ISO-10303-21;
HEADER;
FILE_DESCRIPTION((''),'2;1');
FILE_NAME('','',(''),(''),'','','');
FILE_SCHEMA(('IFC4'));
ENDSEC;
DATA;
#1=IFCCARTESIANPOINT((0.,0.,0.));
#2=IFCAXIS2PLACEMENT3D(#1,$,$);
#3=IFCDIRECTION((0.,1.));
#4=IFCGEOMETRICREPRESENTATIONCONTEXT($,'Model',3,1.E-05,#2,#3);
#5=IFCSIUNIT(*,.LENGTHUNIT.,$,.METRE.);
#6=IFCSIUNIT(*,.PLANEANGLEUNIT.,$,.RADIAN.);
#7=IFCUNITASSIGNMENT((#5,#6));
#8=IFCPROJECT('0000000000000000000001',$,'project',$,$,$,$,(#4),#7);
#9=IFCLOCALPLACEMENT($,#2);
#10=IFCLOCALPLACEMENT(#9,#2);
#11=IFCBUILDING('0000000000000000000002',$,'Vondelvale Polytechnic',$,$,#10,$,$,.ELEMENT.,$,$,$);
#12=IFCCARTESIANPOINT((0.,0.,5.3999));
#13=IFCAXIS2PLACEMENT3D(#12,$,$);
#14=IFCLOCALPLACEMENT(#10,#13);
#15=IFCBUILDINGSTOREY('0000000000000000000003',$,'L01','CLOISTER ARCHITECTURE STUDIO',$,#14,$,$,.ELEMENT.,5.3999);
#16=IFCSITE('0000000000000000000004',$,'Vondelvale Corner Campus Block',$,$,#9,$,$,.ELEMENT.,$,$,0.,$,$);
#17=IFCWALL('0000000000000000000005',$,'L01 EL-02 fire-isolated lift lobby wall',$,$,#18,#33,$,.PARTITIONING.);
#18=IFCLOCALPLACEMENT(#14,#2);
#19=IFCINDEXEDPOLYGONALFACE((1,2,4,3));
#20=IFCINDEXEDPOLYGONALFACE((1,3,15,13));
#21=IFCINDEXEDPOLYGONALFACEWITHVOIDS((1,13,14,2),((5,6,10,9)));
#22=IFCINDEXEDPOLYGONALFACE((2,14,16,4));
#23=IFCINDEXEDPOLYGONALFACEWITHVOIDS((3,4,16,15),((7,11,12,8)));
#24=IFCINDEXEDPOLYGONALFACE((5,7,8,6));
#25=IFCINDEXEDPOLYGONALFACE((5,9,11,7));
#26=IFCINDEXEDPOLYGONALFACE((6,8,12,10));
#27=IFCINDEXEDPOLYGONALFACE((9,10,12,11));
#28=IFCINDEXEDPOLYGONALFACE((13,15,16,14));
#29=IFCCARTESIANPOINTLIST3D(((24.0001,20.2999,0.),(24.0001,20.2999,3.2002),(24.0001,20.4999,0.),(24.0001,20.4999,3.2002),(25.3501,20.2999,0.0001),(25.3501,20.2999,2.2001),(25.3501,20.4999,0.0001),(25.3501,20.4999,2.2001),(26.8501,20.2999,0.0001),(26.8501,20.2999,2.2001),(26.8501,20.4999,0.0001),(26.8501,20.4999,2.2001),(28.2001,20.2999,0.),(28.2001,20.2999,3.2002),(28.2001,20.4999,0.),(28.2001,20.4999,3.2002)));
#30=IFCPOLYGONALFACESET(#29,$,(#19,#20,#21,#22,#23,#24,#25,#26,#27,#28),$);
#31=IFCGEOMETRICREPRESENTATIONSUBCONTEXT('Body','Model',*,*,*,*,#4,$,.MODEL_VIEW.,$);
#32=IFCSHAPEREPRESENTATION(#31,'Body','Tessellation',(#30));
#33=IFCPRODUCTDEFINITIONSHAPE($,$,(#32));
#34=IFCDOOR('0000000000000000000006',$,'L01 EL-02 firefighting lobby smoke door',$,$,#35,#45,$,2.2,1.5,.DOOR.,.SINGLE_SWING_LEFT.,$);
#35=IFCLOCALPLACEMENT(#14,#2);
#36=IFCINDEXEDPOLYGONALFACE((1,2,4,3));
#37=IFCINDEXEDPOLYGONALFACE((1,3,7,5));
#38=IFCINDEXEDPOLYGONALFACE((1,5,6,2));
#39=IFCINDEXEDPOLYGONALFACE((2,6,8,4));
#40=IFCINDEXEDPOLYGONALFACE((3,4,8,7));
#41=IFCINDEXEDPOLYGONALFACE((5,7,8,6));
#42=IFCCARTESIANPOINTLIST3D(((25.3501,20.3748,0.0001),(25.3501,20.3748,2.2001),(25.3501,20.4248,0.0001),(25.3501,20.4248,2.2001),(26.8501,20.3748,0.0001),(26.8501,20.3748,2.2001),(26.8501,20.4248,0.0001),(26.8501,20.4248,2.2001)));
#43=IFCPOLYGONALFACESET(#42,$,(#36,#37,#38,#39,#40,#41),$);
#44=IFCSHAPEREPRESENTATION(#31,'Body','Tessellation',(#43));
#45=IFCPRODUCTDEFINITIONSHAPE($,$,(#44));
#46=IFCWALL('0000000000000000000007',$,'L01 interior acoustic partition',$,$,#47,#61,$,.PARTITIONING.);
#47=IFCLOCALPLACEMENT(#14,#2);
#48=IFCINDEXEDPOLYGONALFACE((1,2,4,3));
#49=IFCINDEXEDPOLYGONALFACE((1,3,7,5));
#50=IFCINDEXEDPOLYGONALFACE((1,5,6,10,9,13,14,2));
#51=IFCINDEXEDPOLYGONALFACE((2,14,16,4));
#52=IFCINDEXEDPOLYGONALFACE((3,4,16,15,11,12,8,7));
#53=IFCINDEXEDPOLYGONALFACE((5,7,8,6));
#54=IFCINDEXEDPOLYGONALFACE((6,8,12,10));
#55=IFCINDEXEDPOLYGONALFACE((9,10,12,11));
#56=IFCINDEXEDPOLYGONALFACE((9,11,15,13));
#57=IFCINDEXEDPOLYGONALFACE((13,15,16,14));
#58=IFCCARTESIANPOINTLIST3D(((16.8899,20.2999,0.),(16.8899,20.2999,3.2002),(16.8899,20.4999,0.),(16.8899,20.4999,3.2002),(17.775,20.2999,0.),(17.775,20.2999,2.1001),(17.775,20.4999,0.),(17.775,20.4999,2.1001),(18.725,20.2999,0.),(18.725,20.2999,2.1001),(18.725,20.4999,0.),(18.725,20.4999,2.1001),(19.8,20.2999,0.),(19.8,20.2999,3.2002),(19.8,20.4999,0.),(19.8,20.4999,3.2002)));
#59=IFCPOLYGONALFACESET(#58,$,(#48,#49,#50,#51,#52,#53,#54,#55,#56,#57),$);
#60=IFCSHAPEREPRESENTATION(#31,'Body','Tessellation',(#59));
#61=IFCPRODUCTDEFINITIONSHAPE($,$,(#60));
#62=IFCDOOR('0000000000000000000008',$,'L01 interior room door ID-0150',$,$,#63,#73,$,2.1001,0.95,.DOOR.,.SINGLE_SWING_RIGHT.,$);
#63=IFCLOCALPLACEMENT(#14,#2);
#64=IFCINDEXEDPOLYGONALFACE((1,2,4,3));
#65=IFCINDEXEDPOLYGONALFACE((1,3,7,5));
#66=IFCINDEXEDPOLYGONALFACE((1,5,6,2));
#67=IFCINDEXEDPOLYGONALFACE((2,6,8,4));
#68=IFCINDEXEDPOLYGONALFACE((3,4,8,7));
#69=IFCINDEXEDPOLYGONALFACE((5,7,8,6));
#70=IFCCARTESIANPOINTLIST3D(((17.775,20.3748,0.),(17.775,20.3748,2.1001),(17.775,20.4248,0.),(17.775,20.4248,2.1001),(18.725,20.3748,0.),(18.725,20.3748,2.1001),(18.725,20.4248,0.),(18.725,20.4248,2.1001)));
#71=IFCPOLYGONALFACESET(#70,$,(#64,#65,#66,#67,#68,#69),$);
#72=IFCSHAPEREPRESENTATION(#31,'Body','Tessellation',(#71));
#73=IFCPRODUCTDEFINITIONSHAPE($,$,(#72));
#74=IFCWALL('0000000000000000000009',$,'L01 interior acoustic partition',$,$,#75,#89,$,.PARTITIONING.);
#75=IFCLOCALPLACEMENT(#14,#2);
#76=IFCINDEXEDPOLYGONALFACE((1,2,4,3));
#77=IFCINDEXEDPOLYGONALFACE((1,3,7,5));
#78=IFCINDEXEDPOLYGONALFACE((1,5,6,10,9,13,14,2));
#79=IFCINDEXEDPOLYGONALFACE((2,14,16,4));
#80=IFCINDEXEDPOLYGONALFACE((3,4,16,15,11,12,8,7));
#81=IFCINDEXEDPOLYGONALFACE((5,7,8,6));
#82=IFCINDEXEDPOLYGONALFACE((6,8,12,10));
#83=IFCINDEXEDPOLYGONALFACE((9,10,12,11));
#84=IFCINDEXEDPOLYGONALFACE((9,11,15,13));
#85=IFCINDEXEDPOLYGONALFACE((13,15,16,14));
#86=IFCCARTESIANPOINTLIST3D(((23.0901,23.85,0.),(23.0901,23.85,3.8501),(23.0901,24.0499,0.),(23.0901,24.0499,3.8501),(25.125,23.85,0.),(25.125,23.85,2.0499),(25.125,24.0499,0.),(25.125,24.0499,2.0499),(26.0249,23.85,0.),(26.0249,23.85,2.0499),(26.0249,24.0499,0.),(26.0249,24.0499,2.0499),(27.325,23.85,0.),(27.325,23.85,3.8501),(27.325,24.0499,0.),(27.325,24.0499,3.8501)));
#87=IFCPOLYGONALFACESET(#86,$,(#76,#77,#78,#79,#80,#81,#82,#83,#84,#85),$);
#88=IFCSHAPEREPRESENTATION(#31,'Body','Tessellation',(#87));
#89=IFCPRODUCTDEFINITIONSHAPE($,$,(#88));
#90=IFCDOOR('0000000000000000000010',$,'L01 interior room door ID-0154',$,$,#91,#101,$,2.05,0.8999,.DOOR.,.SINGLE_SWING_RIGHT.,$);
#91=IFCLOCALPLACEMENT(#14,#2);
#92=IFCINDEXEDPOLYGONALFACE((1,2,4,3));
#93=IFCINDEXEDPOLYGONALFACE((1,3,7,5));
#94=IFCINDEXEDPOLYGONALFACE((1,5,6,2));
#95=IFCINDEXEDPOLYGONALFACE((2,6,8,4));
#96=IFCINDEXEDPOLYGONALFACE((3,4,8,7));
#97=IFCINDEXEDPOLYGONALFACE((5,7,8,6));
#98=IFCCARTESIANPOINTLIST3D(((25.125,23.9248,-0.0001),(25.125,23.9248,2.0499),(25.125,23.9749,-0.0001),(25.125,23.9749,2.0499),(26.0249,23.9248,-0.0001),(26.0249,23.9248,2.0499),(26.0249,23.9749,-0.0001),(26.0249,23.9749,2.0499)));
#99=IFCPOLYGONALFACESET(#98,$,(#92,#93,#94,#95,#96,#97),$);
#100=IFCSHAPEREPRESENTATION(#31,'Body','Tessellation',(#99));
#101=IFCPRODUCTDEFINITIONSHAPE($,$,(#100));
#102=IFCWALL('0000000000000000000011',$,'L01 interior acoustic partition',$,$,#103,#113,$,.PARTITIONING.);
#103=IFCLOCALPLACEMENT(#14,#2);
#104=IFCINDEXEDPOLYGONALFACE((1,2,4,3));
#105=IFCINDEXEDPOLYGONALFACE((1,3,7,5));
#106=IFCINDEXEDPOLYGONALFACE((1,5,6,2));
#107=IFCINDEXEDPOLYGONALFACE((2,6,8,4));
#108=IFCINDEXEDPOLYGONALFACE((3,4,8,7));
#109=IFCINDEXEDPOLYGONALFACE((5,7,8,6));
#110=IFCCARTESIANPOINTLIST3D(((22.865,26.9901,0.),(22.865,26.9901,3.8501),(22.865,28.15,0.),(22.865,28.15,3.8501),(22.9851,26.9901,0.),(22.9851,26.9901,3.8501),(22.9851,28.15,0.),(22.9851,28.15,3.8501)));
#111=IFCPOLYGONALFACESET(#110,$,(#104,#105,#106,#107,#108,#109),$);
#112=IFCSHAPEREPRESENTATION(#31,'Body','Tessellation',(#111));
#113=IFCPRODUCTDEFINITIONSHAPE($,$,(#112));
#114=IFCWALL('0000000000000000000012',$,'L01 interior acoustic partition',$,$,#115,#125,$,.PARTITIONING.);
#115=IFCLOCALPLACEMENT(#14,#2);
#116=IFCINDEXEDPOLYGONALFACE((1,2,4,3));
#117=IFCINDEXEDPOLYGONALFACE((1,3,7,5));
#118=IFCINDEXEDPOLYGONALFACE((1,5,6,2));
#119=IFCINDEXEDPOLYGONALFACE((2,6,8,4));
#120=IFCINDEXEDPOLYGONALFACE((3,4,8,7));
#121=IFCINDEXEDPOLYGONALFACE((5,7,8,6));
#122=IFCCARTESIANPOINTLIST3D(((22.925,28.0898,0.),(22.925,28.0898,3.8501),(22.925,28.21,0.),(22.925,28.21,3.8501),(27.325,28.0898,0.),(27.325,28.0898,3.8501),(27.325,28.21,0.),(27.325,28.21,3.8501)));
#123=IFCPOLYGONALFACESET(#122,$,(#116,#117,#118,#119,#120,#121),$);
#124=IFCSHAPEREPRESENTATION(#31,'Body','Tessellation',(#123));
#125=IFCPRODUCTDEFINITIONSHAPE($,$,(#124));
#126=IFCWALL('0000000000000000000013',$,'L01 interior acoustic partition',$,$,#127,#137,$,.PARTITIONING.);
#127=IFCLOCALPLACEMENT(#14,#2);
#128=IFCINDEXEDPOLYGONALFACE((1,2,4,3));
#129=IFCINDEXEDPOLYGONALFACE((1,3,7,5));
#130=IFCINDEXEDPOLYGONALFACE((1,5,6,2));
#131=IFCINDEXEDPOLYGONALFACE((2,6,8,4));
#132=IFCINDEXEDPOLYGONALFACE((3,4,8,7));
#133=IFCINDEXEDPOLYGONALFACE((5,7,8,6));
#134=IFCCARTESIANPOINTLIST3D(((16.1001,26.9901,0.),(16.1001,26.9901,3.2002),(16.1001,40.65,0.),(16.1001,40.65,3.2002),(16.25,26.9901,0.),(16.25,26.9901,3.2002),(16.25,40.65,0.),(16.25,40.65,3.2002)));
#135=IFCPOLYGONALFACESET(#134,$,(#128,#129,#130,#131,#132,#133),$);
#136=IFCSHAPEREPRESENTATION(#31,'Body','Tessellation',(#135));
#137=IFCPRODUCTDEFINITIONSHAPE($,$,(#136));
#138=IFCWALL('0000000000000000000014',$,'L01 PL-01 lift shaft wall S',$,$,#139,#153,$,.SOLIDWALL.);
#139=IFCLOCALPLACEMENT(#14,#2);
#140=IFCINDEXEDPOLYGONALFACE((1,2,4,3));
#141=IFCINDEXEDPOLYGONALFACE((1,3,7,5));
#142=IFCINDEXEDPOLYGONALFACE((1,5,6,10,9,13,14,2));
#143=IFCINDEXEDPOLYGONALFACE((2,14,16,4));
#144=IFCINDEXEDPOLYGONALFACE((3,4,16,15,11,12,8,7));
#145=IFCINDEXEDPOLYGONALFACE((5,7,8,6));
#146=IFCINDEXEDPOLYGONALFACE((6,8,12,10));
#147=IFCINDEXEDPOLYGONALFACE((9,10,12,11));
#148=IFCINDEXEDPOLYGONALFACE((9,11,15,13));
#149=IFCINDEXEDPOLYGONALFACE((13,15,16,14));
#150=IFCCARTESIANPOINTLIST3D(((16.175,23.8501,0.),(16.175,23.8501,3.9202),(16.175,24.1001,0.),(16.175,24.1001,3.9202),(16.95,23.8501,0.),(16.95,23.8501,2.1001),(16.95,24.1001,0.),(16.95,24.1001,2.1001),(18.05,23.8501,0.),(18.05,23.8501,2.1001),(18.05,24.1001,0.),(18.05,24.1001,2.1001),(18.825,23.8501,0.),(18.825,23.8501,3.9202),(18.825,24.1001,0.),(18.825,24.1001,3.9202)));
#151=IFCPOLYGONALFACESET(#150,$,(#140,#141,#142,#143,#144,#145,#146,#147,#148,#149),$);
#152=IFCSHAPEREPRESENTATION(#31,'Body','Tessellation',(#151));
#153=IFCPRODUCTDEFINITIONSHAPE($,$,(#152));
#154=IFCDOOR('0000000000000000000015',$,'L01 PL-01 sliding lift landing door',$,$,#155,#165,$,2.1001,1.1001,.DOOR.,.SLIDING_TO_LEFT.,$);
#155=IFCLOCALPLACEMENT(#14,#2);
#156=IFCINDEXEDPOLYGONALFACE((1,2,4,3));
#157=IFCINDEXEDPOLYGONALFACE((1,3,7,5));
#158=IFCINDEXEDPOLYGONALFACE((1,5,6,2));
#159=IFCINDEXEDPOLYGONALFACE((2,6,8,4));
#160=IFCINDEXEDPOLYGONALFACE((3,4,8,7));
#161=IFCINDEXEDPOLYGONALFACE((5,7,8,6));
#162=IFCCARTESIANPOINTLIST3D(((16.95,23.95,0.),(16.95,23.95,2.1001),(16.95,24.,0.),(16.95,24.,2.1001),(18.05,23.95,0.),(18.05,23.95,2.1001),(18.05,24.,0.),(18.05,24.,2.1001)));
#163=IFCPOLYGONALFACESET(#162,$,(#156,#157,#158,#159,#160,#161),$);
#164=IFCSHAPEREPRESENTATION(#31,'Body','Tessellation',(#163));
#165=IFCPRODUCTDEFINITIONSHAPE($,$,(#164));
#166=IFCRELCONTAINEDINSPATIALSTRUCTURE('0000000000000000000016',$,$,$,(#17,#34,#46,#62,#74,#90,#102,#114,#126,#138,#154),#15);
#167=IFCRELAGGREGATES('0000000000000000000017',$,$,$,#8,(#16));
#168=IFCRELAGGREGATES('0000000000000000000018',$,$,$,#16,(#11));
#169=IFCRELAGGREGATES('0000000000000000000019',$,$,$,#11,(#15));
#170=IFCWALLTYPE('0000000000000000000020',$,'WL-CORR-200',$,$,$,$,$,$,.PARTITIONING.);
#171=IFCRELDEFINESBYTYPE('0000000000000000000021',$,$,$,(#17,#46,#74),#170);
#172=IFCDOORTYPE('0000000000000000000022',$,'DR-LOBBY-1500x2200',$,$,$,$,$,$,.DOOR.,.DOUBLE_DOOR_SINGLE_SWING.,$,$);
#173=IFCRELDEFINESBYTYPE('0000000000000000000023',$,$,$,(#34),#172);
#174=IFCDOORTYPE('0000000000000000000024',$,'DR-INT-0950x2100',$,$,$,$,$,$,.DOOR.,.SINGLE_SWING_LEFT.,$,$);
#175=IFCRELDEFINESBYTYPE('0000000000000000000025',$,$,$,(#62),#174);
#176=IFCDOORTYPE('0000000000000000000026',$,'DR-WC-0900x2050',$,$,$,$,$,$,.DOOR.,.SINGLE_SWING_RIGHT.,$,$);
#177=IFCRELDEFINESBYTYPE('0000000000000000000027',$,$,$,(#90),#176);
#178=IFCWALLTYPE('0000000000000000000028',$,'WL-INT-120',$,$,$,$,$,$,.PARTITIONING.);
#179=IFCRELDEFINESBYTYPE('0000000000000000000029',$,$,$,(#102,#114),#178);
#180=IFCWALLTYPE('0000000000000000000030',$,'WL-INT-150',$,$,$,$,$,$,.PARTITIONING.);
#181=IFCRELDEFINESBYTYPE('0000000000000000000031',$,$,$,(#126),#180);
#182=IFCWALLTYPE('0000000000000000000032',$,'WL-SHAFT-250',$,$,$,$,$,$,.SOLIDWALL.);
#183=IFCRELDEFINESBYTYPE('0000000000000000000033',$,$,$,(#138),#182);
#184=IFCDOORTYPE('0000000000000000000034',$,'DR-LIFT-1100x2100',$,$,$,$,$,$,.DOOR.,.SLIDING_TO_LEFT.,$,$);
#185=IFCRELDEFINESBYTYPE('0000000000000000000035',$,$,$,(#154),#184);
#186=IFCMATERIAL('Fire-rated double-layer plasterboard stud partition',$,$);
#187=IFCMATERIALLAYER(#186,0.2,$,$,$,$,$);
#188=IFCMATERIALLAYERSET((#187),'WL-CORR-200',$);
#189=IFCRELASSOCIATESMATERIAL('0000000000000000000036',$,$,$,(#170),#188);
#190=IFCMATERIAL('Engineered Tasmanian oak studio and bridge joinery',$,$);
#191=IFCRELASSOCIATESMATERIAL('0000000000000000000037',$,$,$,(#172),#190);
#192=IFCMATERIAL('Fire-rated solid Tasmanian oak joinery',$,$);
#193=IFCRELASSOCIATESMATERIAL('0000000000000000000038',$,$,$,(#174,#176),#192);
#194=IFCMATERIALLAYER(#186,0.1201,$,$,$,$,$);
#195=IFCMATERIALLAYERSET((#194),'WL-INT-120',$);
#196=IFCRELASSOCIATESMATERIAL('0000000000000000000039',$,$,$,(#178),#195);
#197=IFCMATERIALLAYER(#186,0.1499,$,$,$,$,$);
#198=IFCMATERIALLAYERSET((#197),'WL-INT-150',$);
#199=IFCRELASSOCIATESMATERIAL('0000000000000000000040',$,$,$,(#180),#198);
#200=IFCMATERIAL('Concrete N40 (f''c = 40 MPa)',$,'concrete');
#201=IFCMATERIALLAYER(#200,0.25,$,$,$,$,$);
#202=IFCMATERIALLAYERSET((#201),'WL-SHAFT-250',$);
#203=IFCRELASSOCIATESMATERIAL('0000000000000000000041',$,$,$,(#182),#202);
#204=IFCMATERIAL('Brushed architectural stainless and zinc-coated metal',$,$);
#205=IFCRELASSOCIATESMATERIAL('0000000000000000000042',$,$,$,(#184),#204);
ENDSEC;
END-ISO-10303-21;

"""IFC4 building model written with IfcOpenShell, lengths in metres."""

from ifc_helpers import new_model, si_unit, direction, frame, frame_2d, origin, place, context, subcontext, project, spatial, rectangle, extrude, material, layer, layer_set, type_object, element, fill, save


model = new_model("IFC4")

# Units and contexts
model_context = context("Model", 3, precision=1e-05, world=origin(), true_north=direction((0.0, 1.0)))
body_context = subcontext(model_context, "Body", "Model", "MODEL_VIEW")
ifc_project = project(units=[si_unit("LENGTHUNIT", "METRE"), si_unit("PLANEANGLEUNIT", "RADIAN")], contexts=[model_context])

# Site, building, storey
site_placement = place(None, origin())
site = spatial("IfcSite", under=ifc_project, at=site_placement, Name="Vondelvale Corner Campus Block", CompositionType="ELEMENT", RefElevation=0.0)
building_placement = place(site_placement, origin())
building = spatial("IfcBuilding", under=site, at=building_placement, Name="Vondelvale Polytechnic", CompositionType="ELEMENT")
storey_placement = place(building_placement, frame((0.0, 0.0, 5.3999)))
storey = spatial("IfcBuildingStorey", under=building, at=storey_placement, Name="L01", Description="CLOISTER ARCHITECTURE STUDIO", CompositionType="ELEMENT", Elevation=5.3999)

# Shared definitions
ifc_material_1 = material(Name="Concrete N40 (f'c = 40 MPa)", Category="concrete")

# Walls, openings, doors
ifc_material_2 = material(Name="Fire-rated double-layer plasterboard stud partition")
ifc_layer_1 = layer(ifc_material_2, 0.2)
ifc_layer_set_1 = layer_set([ifc_layer_1], Name="WL-CORR-200")
wall_type_1 = type_object("IfcWallType", Name="WL-CORR-200", PredefinedType="PARTITIONING", material=ifc_layer_set_1)
ifc_material_3 = material(Name="Engineered Tasmanian oak studio and bridge joinery")
door_type_1 = type_object("IfcDoorType", Name="DR-LOBBY-1500x2200", OperationType="DOUBLE_DOOR_SINGLE_SWING", PredefinedType="DOOR", material=ifc_material_3)
wall_1_placement = place(storey_placement, frame((24.0, 20.3999, 0.0), z_axis=(0.0, 0.0, 1.0), x_axis=(1.0, 0.0, 0.0)))
wall_1 = element("IfcWall", 1, at=wall_1_placement, inside=storey, type_object=wall_type_1, Name="L01 EL-02 fire-isolated lift lobby wall", PredefinedType="PARTITIONING", context=body_context, shape_type="SweptSolid", body=[
    extrude(rectangle(XDim=4.2, YDim=0.2, at=frame_2d((2.1001, 0.0))), origin(), (0.0, 0.0, 1.0), 3.2002),
])
opening_1_placement = place(wall_1_placement, frame((1.3501, 0.0, 0.0)))
opening_1 = element("IfcOpeningElement", 2, at=opening_1_placement, cuts=wall_1, PredefinedType="OPENING", context=body_context, shape_type="SweptSolid", body=[
    extrude(rectangle(XDim=1.5, YDim=2.2, at=frame_2d((0.75, 1.1001))), frame((0.0, 0.1099, 0.0), z_axis=(0.0, -1.0, 0.0), x_axis=(1.0, 0.0, 0.0)), (0.0, 0.0, 1.0), 0.22),
])
door_1_placement = place(opening_1_placement, origin())
door_1 = element("IfcDoor", 3, at=door_1_placement, inside=storey, type_object=door_type_1, Name="L01 EL-02 firefighting lobby smoke door", OperationType="SINGLE_SWING_LEFT", OverallHeight=2.2, OverallWidth=1.5, PredefinedType="DOOR", context=body_context, shape_type="SweptSolid", body=[
    extrude(rectangle(XDim=1.5, YDim=2.2, at=frame_2d((0.75, 1.1001))), frame((0.0, 0.0249, 0.0), z_axis=(0.0, -1.0, 0.0), x_axis=(1.0, 0.0, 0.0)), (0.0, 0.0, 1.0), 0.05),
])
fill(opening_1, door_1)
wall_2_placement = place(storey_placement, frame((16.8899, 20.3999, 0.0), z_axis=(0.0, 0.0, 1.0), x_axis=(1.0, 0.0, 0.0)))
wall_2 = element("IfcWall", 4, at=wall_2_placement, inside=storey, type_object=wall_type_1, Name="L01 interior acoustic partition", PredefinedType="PARTITIONING", context=body_context, shape_type="SweptSolid", body=[
    extrude(rectangle(XDim=2.9102, YDim=0.2, at=frame_2d((1.4551, 0.0))), origin(), (0.0, 0.0, 1.0), 3.2002),
])
opening_2_placement = place(wall_2_placement, frame((0.885, 0.0, 0.0)))
opening_2 = element("IfcOpeningElement", 5, at=opening_2_placement, cuts=wall_2, PredefinedType="OPENING", context=body_context, shape_type="SweptSolid", body=[
    extrude(rectangle(XDim=0.95, YDim=2.1001, at=frame_2d((0.4751, 1.05))), frame((0.0, 0.1099, 0.0), z_axis=(0.0, -1.0, 0.0), x_axis=(1.0, 0.0, 0.0)), (0.0, 0.0, 1.0), 0.22),
])
ifc_material_4 = material(Name="Fire-rated solid Tasmanian oak joinery")
door_type_2 = type_object("IfcDoorType", Name="DR-INT-0950x2100", OperationType="SINGLE_SWING_LEFT", PredefinedType="DOOR", material=ifc_material_4)
door_2_placement = place(opening_2_placement, origin())
door_2 = element("IfcDoor", 6, at=door_2_placement, inside=storey, type_object=door_type_2, Name="L01 interior room door ID-0150", OperationType="SINGLE_SWING_RIGHT", OverallHeight=2.1001, OverallWidth=0.95, PredefinedType="DOOR", context=body_context, shape_type="SweptSolid", body=[
    extrude(rectangle(XDim=0.95, YDim=2.1001, at=frame_2d((0.4751, 1.05))), frame((0.0, 0.0249, 0.0), z_axis=(0.0, -1.0, 0.0), x_axis=(1.0, 0.0, 0.0)), (0.0, 0.0, 1.0), 0.05),
])
fill(opening_2, door_2)
wall_3_placement = place(storey_placement, frame((23.0901, 23.95, 0.0), z_axis=(0.0, 0.0, 1.0), x_axis=(1.0, 0.0, 0.0)))
wall_3 = element("IfcWall", 7, at=wall_3_placement, inside=storey, type_object=wall_type_1, Name="L01 interior acoustic partition", PredefinedType="PARTITIONING", context=body_context, shape_type="SweptSolid", body=[
    extrude(rectangle(XDim=4.2349, YDim=0.2, at=frame_2d((2.1174, 0.0))), origin(), (0.0, 0.0, 1.0), 3.8501),
])
opening_3_placement = place(wall_3_placement, frame((2.0349, 0.0, 0.0)))
opening_3 = element("IfcOpeningElement", 8, at=opening_3_placement, cuts=wall_3, PredefinedType="OPENING", context=body_context, shape_type="SweptSolid", body=[
    extrude(rectangle(XDim=0.8999, YDim=2.05, at=frame_2d((0.45, 1.0249))), frame((0.0, 0.1099, 0.0), z_axis=(0.0, -1.0, 0.0), x_axis=(1.0, 0.0, 0.0)), (0.0, 0.0, 1.0), 0.22),
])
door_type_3 = type_object("IfcDoorType", Name="DR-WC-0900x2050", OperationType="SINGLE_SWING_RIGHT", PredefinedType="DOOR", material=ifc_material_4)
door_3_placement = place(opening_3_placement, origin())
door_3 = element("IfcDoor", 9, at=door_3_placement, inside=storey, type_object=door_type_3, Name="L01 interior room door ID-0154", OperationType="SINGLE_SWING_RIGHT", OverallHeight=2.05, OverallWidth=0.8999, PredefinedType="DOOR", context=body_context, shape_type="SweptSolid", body=[
    extrude(rectangle(XDim=0.8999, YDim=2.05, at=frame_2d((0.45, 1.0249))), frame((0.0, 0.0249, 0.0), z_axis=(0.0, -1.0, 0.0), x_axis=(1.0, 0.0, 0.0)), (0.0, 0.0, 1.0), 0.05),
])
fill(opening_3, door_3)

# Walls
ifc_layer_2 = layer(ifc_material_2, 0.1201)
ifc_layer_set_2 = layer_set([ifc_layer_2], Name="WL-INT-120")
wall_type_2 = type_object("IfcWallType", Name="WL-INT-120", PredefinedType="PARTITIONING", material=ifc_layer_set_2)
wall_4_placement = place(storey_placement, frame((22.925, 26.99, 0.0), z_axis=(0.0, 0.0, 1.0), x_axis=(0.0, 1.0, 0.0)))
element("IfcWall", 10, at=wall_4_placement, inside=storey, type_object=wall_type_2, Name="L01 interior acoustic partition", PredefinedType="PARTITIONING", context=body_context, shape_type="SweptSolid", body=[
    extrude(rectangle(XDim=1.1599, YDim=0.1201, at=frame_2d((0.5801, 0.0))), origin(), (0.0, 0.0, 1.0), 3.8501),
])
wall_5_placement = place(storey_placement, frame((22.925, 28.1499, 0.0), z_axis=(0.0, 0.0, 1.0), x_axis=(1.0, 0.0, 0.0)))
element("IfcWall", 11, at=wall_5_placement, inside=storey, type_object=wall_type_2, Name="L01 interior acoustic partition", PredefinedType="PARTITIONING", context=body_context, shape_type="SweptSolid", body=[
    extrude(rectangle(XDim=4.3999, YDim=0.1201, at=frame_2d((2.2, 0.0))), origin(), (0.0, 0.0, 1.0), 3.8501),
])
ifc_layer_3 = layer(ifc_material_2, 0.1499)
ifc_layer_set_3 = layer_set([ifc_layer_3], Name="WL-INT-150")
wall_type_3 = type_object("IfcWallType", Name="WL-INT-150", PredefinedType="PARTITIONING", material=ifc_layer_set_3)
wall_6_placement = place(storey_placement, frame((16.175, 26.99, 0.0), z_axis=(0.0, 0.0, 1.0), x_axis=(0.0, 1.0, 0.0)))
element("IfcWall", 12, at=wall_6_placement, inside=storey, type_object=wall_type_3, Name="L01 interior acoustic partition", PredefinedType="PARTITIONING", context=body_context, shape_type="SweptSolid", body=[
    extrude(rectangle(XDim=13.6599, YDim=0.1499, at=frame_2d((6.8301, 0.0))), origin(), (0.0, 0.0, 1.0), 3.2002),
])

# Wall, opening, door
ifc_layer_4 = layer(ifc_material_1, 0.25)
ifc_layer_set_4 = layer_set([ifc_layer_4], Name="WL-SHAFT-250")
wall_type_4 = type_object("IfcWallType", Name="WL-SHAFT-250", PredefinedType="SOLIDWALL", material=ifc_layer_set_4)
wall_7_placement = place(storey_placement, frame((16.175, 23.9751, 0.0), z_axis=(0.0, 0.0, 1.0), x_axis=(1.0, 0.0, 0.0)))
wall_7 = element("IfcWall", 13, at=wall_7_placement, inside=storey, type_object=wall_type_4, Name="L01 PL-01 lift shaft wall S", PredefinedType="SOLIDWALL", context=body_context, shape_type="SweptSolid", body=[
    extrude(rectangle(XDim=2.6499, YDim=0.25, at=frame_2d((1.325, 0.0))), origin(), (0.0, 0.0, 1.0), 3.9202),
])
opening_4_placement = place(wall_7_placement, frame((0.7749, 0.0, 0.0)))
opening_4 = element("IfcOpeningElement", 14, at=opening_4_placement, cuts=wall_7, PredefinedType="OPENING", context=body_context, shape_type="SweptSolid", body=[
    extrude(rectangle(XDim=1.1001, YDim=2.1001, at=frame_2d((0.55, 1.05))), frame((0.0, 0.135, 0.0), z_axis=(0.0, -1.0, 0.0), x_axis=(1.0, 0.0, 0.0)), (0.0, 0.0, 1.0), 0.27),
])
ifc_material_5 = material(Name="Brushed architectural stainless and zinc-coated metal")
door_type_4 = type_object("IfcDoorType", Name="DR-LIFT-1100x2100", OperationType="SLIDING_TO_LEFT", PredefinedType="DOOR", material=ifc_material_5)
door_4_placement = place(opening_4_placement, origin())
door_4 = element("IfcDoor", 15, at=door_4_placement, inside=storey, type_object=door_type_4, Name="L01 PL-01 sliding lift landing door", OperationType="SLIDING_TO_LEFT", OverallHeight=2.1001, OverallWidth=1.1001, PredefinedType="DOOR", context=body_context, shape_type="SweptSolid", body=[
    extrude(rectangle(XDim=1.1001, YDim=2.1001, at=frame_2d((0.55, 1.05))), frame((0.0, 0.0249, 0.0), z_axis=(0.0, -1.0, 0.0), x_axis=(1.0, 0.0, 0.0)), (0.0, 0.0, 1.0), 0.05),
])
fill(opening_4, door_4)

save(model, "model.ifc")
